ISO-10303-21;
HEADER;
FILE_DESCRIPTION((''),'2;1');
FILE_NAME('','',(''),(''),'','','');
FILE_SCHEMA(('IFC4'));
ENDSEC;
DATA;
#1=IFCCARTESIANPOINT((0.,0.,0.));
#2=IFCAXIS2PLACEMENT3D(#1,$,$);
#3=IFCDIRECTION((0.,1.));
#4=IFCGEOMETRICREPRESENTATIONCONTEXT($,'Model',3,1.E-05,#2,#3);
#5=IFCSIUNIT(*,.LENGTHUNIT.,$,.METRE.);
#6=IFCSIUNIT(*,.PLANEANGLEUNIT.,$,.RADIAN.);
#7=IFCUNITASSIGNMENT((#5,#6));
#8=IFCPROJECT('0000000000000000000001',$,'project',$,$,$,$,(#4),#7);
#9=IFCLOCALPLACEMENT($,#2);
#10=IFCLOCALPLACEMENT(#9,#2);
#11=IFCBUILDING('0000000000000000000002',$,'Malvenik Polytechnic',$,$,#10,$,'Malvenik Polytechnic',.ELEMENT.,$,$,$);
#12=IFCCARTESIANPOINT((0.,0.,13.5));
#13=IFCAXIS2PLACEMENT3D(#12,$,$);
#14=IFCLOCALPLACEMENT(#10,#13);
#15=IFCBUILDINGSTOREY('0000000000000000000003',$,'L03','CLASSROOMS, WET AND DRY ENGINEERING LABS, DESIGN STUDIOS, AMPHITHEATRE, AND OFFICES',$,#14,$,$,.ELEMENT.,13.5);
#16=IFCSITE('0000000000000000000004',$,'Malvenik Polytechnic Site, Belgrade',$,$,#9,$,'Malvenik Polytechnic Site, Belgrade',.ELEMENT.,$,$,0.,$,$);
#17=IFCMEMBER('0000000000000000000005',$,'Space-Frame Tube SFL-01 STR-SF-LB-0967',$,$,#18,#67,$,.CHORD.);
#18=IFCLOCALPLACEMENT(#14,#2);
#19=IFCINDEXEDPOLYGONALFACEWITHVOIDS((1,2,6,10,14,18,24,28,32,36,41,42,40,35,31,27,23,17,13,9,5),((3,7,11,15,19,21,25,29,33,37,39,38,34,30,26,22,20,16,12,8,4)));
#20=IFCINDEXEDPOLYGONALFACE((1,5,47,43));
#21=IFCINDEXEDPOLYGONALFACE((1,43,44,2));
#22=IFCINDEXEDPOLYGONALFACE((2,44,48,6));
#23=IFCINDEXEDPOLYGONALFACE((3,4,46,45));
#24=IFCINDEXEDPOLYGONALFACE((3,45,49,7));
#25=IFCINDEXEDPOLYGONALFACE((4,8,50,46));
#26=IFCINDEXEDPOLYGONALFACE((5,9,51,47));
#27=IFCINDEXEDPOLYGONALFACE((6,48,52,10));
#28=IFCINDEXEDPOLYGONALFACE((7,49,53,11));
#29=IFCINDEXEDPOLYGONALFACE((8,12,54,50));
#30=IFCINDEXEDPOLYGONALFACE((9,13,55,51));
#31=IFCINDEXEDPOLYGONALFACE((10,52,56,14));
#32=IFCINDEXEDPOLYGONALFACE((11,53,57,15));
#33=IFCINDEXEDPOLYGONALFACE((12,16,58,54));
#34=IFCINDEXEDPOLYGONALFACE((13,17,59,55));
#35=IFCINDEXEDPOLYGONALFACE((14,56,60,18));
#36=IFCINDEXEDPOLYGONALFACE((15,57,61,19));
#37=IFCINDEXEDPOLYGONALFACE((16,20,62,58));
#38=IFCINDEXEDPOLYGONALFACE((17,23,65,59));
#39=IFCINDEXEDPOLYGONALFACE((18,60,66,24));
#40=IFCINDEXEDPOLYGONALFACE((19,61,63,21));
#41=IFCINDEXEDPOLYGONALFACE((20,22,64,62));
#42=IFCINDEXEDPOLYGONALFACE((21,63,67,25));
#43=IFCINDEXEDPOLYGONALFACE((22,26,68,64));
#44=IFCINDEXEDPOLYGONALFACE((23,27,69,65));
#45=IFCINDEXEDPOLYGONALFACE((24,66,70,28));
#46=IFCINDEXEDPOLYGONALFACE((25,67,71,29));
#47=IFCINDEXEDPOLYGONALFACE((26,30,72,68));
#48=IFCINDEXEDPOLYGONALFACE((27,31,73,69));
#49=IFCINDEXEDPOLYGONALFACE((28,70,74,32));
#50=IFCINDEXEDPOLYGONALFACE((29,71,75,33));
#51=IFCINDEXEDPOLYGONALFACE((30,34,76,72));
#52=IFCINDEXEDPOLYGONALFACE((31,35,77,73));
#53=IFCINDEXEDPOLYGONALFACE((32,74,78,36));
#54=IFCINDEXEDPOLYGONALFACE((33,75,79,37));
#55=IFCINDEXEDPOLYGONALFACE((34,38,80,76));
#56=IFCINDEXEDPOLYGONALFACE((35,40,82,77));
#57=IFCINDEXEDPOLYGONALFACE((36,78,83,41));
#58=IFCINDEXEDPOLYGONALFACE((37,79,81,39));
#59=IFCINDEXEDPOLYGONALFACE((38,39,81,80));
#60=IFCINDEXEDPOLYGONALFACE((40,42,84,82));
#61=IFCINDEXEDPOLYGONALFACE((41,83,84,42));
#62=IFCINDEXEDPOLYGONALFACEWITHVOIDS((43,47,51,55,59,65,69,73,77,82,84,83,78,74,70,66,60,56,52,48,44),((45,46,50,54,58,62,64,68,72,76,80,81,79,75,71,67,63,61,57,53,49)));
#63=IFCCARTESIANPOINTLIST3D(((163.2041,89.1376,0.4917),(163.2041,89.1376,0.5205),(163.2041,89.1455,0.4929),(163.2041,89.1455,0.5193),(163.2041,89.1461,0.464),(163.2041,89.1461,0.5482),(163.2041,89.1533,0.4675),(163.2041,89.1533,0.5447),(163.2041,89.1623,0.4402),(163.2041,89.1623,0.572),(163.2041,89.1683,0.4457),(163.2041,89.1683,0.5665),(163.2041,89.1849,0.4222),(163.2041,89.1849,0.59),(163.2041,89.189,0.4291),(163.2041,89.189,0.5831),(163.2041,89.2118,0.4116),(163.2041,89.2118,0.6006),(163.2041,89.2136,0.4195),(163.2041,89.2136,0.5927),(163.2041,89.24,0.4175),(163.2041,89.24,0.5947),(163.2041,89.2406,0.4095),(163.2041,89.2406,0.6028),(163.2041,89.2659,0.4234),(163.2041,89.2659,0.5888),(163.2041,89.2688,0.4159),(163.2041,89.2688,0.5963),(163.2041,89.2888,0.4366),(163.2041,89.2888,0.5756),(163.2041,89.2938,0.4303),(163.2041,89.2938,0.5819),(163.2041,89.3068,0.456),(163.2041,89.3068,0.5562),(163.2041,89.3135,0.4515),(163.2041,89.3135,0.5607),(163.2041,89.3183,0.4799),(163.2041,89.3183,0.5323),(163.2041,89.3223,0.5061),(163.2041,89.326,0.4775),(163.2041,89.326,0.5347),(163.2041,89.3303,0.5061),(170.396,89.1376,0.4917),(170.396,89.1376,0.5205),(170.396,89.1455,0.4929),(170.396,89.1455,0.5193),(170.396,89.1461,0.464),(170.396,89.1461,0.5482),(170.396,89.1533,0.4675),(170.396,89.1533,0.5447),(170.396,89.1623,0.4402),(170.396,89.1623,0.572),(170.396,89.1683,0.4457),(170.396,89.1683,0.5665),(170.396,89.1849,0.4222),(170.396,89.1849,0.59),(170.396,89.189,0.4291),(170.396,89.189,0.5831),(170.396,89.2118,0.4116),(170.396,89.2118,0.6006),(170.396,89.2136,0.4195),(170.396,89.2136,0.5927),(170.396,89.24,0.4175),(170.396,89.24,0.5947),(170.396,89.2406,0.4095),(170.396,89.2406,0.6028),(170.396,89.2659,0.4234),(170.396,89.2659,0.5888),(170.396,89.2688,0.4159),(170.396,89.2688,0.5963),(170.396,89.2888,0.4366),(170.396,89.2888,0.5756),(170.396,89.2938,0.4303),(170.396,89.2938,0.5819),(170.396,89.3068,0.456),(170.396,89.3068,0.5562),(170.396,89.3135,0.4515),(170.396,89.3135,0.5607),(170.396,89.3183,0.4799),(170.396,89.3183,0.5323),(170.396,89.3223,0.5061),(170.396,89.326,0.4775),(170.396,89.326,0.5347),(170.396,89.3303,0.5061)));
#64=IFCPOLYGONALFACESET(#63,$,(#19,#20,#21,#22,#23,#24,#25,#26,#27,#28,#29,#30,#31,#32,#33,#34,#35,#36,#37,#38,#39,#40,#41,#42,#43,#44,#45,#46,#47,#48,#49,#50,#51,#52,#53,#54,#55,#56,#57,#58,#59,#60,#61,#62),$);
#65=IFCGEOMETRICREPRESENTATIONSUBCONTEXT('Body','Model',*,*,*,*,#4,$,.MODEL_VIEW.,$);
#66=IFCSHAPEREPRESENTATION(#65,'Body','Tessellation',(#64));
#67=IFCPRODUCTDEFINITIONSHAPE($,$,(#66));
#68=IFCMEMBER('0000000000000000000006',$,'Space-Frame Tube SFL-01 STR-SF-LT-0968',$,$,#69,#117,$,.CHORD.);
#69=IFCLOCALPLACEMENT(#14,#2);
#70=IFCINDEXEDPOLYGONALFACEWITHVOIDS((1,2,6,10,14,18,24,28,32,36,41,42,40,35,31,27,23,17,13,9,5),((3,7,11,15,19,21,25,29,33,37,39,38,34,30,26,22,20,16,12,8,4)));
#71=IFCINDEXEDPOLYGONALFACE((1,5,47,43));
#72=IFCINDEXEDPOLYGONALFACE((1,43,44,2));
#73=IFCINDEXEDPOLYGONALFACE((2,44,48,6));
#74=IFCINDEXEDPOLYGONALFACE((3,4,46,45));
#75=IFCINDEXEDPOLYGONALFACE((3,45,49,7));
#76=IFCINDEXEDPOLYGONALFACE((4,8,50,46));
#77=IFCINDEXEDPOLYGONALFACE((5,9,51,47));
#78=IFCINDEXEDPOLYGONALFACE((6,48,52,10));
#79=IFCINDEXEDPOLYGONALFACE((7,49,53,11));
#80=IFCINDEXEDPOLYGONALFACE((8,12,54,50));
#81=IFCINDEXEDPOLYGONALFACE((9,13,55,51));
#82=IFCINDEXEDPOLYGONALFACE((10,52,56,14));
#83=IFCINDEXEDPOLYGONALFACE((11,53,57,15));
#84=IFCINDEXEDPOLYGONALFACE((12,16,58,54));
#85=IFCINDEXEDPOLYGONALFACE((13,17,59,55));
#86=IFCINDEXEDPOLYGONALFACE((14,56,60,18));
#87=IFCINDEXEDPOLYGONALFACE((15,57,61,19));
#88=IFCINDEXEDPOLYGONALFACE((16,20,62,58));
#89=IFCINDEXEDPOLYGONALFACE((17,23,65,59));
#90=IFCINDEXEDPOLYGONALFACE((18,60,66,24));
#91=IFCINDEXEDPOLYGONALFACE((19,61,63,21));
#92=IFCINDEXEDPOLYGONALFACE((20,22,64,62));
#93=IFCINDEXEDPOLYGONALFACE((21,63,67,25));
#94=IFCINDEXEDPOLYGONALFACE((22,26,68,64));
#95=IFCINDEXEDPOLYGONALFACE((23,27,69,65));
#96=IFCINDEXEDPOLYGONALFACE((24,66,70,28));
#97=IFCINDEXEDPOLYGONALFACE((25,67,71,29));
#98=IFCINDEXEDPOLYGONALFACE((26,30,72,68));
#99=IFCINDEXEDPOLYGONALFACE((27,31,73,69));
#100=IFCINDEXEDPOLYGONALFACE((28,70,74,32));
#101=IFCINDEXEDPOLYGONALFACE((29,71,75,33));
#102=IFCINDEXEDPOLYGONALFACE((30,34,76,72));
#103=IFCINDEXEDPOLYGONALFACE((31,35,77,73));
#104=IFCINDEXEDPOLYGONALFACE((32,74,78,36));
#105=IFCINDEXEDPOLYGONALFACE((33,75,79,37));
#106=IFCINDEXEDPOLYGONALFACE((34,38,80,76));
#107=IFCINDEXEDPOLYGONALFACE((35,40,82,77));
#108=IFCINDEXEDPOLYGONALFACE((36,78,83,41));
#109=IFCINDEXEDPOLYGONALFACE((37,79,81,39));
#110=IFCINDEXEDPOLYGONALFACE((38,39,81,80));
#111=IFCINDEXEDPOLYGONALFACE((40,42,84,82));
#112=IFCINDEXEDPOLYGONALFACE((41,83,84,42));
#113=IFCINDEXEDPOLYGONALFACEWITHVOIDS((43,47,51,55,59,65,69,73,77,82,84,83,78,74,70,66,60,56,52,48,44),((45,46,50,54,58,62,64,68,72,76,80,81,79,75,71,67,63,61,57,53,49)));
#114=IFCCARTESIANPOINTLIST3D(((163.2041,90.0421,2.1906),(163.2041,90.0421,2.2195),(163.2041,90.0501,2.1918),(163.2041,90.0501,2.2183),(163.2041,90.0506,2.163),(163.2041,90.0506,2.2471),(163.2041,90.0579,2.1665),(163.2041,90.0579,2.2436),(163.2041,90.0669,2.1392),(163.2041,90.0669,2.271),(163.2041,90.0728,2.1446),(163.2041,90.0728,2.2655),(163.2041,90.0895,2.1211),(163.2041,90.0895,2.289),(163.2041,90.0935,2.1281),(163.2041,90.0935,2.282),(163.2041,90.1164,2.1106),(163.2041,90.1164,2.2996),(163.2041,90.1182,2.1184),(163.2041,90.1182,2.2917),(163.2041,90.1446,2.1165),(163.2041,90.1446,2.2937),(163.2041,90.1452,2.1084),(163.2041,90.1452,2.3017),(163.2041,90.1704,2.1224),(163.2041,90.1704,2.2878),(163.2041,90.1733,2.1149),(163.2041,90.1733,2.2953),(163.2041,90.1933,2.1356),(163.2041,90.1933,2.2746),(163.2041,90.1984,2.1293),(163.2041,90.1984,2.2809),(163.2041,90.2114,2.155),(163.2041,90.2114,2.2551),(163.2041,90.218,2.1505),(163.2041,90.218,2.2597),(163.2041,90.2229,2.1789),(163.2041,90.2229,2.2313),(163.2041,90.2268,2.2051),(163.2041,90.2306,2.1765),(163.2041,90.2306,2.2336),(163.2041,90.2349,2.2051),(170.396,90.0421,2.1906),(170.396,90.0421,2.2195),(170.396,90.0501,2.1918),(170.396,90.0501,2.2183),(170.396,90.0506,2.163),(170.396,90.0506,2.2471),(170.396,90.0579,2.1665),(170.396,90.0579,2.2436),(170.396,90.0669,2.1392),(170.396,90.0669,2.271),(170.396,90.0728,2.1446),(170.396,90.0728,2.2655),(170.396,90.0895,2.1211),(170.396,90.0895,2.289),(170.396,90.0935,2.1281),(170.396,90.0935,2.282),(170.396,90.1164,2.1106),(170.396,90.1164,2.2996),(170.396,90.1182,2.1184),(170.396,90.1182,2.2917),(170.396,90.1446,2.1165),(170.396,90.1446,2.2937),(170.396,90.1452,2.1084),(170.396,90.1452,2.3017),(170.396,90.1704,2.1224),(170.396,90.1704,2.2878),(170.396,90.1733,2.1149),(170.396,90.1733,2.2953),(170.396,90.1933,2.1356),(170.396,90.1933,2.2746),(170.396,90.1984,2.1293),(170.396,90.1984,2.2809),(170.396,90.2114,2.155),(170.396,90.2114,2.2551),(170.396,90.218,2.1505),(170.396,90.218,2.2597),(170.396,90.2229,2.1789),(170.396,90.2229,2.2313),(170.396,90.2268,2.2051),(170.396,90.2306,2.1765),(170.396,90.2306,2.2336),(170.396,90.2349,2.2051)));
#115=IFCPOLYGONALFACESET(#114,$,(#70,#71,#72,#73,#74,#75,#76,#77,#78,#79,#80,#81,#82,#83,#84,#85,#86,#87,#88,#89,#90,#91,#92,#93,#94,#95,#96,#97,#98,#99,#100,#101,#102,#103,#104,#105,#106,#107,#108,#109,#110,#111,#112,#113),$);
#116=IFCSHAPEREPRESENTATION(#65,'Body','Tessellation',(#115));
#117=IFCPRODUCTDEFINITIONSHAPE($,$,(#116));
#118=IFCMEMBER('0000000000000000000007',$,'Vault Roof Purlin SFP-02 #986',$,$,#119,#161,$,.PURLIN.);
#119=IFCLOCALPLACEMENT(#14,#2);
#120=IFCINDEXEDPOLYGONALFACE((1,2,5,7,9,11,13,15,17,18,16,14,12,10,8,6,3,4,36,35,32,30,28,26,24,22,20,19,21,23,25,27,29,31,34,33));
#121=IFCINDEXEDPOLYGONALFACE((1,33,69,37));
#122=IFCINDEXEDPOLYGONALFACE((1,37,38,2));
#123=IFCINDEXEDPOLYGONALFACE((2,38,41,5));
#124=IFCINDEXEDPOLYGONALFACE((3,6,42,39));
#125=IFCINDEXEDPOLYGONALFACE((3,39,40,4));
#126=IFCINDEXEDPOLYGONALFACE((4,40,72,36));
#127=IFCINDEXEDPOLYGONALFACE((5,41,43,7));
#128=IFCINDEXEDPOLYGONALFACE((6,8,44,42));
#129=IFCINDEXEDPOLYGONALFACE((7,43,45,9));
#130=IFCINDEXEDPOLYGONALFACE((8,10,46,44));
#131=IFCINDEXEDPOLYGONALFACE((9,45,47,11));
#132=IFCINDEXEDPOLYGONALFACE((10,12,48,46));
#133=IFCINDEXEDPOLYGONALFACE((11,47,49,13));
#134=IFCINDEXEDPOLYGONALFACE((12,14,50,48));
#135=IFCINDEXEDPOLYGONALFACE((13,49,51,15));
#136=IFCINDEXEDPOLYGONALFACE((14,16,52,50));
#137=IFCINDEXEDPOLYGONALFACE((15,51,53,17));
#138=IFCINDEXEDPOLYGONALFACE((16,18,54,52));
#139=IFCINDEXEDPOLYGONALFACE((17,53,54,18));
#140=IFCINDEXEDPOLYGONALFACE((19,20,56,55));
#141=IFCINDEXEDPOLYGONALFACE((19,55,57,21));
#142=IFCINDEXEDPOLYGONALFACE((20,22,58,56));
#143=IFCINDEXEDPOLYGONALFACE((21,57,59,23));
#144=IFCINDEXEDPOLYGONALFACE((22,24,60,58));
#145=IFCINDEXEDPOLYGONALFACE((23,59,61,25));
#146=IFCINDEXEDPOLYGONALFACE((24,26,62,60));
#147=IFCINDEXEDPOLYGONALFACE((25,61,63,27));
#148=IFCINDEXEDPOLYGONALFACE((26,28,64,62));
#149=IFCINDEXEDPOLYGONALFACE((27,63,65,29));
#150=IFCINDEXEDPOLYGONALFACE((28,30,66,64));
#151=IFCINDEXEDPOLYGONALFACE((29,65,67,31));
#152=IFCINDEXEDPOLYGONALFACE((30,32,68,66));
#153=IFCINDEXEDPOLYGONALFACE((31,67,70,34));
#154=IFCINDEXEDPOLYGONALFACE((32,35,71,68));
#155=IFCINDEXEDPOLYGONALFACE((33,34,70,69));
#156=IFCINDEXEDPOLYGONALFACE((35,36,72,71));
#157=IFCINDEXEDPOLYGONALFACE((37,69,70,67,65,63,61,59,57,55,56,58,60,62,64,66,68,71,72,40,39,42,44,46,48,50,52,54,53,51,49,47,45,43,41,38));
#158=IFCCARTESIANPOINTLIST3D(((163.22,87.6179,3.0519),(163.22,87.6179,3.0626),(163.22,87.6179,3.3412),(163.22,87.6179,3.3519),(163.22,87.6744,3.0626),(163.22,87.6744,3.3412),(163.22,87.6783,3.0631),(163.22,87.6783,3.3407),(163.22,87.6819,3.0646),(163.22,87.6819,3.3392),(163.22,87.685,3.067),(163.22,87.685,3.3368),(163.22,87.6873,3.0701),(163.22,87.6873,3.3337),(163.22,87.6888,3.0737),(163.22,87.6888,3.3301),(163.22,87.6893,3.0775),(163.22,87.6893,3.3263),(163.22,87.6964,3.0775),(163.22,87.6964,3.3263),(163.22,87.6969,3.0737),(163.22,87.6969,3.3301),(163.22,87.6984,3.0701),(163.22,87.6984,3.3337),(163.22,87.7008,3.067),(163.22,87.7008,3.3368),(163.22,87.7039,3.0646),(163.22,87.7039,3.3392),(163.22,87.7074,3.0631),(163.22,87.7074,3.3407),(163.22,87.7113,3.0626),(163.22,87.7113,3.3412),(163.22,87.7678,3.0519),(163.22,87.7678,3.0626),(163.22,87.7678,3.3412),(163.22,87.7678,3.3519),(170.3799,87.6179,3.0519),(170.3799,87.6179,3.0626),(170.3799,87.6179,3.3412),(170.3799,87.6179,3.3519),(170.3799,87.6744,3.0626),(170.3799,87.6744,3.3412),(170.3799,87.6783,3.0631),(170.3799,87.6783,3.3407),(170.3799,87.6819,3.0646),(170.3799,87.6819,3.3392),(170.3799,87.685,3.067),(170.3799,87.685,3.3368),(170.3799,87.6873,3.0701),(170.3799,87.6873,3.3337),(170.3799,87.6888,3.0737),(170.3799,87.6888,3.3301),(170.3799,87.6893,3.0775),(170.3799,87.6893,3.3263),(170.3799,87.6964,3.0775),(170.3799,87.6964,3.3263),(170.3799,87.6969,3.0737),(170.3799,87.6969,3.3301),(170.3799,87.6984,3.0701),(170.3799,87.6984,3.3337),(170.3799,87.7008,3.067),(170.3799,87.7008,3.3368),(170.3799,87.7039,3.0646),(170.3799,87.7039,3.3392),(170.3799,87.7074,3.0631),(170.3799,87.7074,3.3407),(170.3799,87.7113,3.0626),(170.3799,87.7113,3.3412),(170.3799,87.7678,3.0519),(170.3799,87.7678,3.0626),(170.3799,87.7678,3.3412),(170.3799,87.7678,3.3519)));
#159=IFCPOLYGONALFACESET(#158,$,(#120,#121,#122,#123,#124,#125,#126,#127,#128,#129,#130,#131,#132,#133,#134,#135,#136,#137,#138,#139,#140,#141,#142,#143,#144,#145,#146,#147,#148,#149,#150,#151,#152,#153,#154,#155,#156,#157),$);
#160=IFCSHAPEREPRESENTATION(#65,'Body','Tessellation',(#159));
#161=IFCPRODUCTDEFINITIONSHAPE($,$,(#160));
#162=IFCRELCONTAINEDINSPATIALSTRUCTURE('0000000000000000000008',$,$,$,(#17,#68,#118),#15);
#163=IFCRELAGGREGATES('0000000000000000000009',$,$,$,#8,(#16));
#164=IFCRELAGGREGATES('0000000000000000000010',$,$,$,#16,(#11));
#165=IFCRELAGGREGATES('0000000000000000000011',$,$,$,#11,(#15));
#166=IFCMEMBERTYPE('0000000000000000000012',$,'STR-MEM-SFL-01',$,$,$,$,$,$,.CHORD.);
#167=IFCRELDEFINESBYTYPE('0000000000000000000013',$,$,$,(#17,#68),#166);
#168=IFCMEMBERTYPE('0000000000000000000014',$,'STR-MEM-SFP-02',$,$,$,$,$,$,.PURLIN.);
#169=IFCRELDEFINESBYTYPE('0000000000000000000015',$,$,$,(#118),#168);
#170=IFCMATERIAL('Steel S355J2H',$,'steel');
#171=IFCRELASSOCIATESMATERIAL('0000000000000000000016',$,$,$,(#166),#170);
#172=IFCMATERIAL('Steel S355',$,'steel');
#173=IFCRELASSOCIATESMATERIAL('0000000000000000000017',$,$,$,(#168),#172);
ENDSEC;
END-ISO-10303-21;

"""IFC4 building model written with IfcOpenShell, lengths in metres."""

from ifc_helpers import new_model, si_unit, direction, frame, origin, origin_2d, place, context, subcontext, project, spatial, hollow_circle, i_section, extrude, material, material_profile, profile_set, type_object, element, save


model = new_model("IFC4")

# Units and contexts
model_context = context("Model", 3, precision=1e-05, world=origin(), true_north=direction((0.0, 1.0)))
body_context = subcontext(model_context, "Body", "Model", "MODEL_VIEW")
ifc_project = project(units=[si_unit("LENGTHUNIT", "METRE"), si_unit("PLANEANGLEUNIT", "RADIAN")], contexts=[model_context])

# Site, building, storey
site_placement = place(None, origin())
site = spatial("IfcSite", under=ifc_project, at=site_placement, Name="Malvenik Polytechnic Site, Belgrade", LongName="Malvenik Polytechnic Site, Belgrade", CompositionType="ELEMENT", RefElevation=0.0)
building_placement = place(site_placement, origin())
building = spatial("IfcBuilding", under=site, at=building_placement, Name="Malvenik Polytechnic", LongName="Malvenik Polytechnic", CompositionType="ELEMENT")
storey_placement = place(building_placement, frame((0.0, 0.0, 13.5)))
storey = spatial("IfcBuildingStorey", under=building, at=storey_placement, Name="L03", Description="CLASSROOMS, WET AND DRY ENGINEERING LABS, DESIGN STUDIOS, AMPHITHEATRE, AND OFFICES", CompositionType="ELEMENT", Elevation=13.5)

# Members
ifc_material_1 = material(Name="Steel S355J2H", Category="steel")
ifc_material_profile_1 = material_profile(ifc_material_1, hollow_circle(Radius=0.0969, WallThickness=0.0081, at=origin_2d()), Name="CHS 193.7x8.0")
ifc_profile_set_1 = profile_set([ifc_material_profile_1], Name="Steel S355J2H")
member_type_1 = type_object("IfcMemberType", Name="STR-MEM-SFL-01", PredefinedType="CHORD", material=ifc_profile_set_1)
for number, where, z_axis, x_axis, name in (
    (1, (163.2041, 89.2334, 0.5061), (1.0, 0.0, 0.0), (0.0, 1.0, 0.0), "Space-Frame Tube SFL-01 STR-SF-LB-0967"),
    (2, (163.2041, 90.1379, 2.2051), (1.0, 0.0, 0.0), (0.0, 1.0, 0.0), "Space-Frame Tube SFL-01 STR-SF-LT-0968"),
):
    element("IfcMember", number, at=place(storey_placement, frame(where, z_axis=z_axis, x_axis=x_axis)), inside=storey, type_object=member_type_1, Name=name, PredefinedType="CHORD", context=body_context, shape_type="SweptSolid", body=[
        extrude(hollow_circle(Radius=0.0969, WallThickness=0.0081, at=origin_2d()), origin(), (0.0, 0.0, 1.0), 7.1919),
    ])
ifc_material_2 = material(Name="Steel S355", Category="steel")
ifc_material_profile_2 = material_profile(ifc_material_2, i_section(OverallWidth=0.1499, OverallDepth=0.3, WebThickness=0.0071, FlangeThickness=0.0107, FilletRadius=0.0149, at=origin_2d()), Name="IPE 300")
ifc_profile_set_2 = profile_set([ifc_material_profile_2], Name="Steel S355")
member_type_2 = type_object("IfcMemberType", Name="STR-MEM-SFP-02", PredefinedType="PURLIN", material=ifc_profile_set_2)
member_1_placement = place(storey_placement, frame((163.22, 87.6929, 3.2019), z_axis=(1.0, 0.0, 0.0), x_axis=(0.0, 1.0, 0.0)))
element("IfcMember", 3, at=member_1_placement, inside=storey, type_object=member_type_2, Name="Vault Roof Purlin SFP-02 #986", PredefinedType="PURLIN", context=body_context, shape_type="SweptSolid", body=[
    extrude(i_section(OverallWidth=0.1499, OverallDepth=0.3, WebThickness=0.0071, FlangeThickness=0.0107, FilletRadius=0.0149, at=origin_2d()), origin(), (0.0, 0.0, 1.0), 7.1599),
])

save(model, "model.ifc")
